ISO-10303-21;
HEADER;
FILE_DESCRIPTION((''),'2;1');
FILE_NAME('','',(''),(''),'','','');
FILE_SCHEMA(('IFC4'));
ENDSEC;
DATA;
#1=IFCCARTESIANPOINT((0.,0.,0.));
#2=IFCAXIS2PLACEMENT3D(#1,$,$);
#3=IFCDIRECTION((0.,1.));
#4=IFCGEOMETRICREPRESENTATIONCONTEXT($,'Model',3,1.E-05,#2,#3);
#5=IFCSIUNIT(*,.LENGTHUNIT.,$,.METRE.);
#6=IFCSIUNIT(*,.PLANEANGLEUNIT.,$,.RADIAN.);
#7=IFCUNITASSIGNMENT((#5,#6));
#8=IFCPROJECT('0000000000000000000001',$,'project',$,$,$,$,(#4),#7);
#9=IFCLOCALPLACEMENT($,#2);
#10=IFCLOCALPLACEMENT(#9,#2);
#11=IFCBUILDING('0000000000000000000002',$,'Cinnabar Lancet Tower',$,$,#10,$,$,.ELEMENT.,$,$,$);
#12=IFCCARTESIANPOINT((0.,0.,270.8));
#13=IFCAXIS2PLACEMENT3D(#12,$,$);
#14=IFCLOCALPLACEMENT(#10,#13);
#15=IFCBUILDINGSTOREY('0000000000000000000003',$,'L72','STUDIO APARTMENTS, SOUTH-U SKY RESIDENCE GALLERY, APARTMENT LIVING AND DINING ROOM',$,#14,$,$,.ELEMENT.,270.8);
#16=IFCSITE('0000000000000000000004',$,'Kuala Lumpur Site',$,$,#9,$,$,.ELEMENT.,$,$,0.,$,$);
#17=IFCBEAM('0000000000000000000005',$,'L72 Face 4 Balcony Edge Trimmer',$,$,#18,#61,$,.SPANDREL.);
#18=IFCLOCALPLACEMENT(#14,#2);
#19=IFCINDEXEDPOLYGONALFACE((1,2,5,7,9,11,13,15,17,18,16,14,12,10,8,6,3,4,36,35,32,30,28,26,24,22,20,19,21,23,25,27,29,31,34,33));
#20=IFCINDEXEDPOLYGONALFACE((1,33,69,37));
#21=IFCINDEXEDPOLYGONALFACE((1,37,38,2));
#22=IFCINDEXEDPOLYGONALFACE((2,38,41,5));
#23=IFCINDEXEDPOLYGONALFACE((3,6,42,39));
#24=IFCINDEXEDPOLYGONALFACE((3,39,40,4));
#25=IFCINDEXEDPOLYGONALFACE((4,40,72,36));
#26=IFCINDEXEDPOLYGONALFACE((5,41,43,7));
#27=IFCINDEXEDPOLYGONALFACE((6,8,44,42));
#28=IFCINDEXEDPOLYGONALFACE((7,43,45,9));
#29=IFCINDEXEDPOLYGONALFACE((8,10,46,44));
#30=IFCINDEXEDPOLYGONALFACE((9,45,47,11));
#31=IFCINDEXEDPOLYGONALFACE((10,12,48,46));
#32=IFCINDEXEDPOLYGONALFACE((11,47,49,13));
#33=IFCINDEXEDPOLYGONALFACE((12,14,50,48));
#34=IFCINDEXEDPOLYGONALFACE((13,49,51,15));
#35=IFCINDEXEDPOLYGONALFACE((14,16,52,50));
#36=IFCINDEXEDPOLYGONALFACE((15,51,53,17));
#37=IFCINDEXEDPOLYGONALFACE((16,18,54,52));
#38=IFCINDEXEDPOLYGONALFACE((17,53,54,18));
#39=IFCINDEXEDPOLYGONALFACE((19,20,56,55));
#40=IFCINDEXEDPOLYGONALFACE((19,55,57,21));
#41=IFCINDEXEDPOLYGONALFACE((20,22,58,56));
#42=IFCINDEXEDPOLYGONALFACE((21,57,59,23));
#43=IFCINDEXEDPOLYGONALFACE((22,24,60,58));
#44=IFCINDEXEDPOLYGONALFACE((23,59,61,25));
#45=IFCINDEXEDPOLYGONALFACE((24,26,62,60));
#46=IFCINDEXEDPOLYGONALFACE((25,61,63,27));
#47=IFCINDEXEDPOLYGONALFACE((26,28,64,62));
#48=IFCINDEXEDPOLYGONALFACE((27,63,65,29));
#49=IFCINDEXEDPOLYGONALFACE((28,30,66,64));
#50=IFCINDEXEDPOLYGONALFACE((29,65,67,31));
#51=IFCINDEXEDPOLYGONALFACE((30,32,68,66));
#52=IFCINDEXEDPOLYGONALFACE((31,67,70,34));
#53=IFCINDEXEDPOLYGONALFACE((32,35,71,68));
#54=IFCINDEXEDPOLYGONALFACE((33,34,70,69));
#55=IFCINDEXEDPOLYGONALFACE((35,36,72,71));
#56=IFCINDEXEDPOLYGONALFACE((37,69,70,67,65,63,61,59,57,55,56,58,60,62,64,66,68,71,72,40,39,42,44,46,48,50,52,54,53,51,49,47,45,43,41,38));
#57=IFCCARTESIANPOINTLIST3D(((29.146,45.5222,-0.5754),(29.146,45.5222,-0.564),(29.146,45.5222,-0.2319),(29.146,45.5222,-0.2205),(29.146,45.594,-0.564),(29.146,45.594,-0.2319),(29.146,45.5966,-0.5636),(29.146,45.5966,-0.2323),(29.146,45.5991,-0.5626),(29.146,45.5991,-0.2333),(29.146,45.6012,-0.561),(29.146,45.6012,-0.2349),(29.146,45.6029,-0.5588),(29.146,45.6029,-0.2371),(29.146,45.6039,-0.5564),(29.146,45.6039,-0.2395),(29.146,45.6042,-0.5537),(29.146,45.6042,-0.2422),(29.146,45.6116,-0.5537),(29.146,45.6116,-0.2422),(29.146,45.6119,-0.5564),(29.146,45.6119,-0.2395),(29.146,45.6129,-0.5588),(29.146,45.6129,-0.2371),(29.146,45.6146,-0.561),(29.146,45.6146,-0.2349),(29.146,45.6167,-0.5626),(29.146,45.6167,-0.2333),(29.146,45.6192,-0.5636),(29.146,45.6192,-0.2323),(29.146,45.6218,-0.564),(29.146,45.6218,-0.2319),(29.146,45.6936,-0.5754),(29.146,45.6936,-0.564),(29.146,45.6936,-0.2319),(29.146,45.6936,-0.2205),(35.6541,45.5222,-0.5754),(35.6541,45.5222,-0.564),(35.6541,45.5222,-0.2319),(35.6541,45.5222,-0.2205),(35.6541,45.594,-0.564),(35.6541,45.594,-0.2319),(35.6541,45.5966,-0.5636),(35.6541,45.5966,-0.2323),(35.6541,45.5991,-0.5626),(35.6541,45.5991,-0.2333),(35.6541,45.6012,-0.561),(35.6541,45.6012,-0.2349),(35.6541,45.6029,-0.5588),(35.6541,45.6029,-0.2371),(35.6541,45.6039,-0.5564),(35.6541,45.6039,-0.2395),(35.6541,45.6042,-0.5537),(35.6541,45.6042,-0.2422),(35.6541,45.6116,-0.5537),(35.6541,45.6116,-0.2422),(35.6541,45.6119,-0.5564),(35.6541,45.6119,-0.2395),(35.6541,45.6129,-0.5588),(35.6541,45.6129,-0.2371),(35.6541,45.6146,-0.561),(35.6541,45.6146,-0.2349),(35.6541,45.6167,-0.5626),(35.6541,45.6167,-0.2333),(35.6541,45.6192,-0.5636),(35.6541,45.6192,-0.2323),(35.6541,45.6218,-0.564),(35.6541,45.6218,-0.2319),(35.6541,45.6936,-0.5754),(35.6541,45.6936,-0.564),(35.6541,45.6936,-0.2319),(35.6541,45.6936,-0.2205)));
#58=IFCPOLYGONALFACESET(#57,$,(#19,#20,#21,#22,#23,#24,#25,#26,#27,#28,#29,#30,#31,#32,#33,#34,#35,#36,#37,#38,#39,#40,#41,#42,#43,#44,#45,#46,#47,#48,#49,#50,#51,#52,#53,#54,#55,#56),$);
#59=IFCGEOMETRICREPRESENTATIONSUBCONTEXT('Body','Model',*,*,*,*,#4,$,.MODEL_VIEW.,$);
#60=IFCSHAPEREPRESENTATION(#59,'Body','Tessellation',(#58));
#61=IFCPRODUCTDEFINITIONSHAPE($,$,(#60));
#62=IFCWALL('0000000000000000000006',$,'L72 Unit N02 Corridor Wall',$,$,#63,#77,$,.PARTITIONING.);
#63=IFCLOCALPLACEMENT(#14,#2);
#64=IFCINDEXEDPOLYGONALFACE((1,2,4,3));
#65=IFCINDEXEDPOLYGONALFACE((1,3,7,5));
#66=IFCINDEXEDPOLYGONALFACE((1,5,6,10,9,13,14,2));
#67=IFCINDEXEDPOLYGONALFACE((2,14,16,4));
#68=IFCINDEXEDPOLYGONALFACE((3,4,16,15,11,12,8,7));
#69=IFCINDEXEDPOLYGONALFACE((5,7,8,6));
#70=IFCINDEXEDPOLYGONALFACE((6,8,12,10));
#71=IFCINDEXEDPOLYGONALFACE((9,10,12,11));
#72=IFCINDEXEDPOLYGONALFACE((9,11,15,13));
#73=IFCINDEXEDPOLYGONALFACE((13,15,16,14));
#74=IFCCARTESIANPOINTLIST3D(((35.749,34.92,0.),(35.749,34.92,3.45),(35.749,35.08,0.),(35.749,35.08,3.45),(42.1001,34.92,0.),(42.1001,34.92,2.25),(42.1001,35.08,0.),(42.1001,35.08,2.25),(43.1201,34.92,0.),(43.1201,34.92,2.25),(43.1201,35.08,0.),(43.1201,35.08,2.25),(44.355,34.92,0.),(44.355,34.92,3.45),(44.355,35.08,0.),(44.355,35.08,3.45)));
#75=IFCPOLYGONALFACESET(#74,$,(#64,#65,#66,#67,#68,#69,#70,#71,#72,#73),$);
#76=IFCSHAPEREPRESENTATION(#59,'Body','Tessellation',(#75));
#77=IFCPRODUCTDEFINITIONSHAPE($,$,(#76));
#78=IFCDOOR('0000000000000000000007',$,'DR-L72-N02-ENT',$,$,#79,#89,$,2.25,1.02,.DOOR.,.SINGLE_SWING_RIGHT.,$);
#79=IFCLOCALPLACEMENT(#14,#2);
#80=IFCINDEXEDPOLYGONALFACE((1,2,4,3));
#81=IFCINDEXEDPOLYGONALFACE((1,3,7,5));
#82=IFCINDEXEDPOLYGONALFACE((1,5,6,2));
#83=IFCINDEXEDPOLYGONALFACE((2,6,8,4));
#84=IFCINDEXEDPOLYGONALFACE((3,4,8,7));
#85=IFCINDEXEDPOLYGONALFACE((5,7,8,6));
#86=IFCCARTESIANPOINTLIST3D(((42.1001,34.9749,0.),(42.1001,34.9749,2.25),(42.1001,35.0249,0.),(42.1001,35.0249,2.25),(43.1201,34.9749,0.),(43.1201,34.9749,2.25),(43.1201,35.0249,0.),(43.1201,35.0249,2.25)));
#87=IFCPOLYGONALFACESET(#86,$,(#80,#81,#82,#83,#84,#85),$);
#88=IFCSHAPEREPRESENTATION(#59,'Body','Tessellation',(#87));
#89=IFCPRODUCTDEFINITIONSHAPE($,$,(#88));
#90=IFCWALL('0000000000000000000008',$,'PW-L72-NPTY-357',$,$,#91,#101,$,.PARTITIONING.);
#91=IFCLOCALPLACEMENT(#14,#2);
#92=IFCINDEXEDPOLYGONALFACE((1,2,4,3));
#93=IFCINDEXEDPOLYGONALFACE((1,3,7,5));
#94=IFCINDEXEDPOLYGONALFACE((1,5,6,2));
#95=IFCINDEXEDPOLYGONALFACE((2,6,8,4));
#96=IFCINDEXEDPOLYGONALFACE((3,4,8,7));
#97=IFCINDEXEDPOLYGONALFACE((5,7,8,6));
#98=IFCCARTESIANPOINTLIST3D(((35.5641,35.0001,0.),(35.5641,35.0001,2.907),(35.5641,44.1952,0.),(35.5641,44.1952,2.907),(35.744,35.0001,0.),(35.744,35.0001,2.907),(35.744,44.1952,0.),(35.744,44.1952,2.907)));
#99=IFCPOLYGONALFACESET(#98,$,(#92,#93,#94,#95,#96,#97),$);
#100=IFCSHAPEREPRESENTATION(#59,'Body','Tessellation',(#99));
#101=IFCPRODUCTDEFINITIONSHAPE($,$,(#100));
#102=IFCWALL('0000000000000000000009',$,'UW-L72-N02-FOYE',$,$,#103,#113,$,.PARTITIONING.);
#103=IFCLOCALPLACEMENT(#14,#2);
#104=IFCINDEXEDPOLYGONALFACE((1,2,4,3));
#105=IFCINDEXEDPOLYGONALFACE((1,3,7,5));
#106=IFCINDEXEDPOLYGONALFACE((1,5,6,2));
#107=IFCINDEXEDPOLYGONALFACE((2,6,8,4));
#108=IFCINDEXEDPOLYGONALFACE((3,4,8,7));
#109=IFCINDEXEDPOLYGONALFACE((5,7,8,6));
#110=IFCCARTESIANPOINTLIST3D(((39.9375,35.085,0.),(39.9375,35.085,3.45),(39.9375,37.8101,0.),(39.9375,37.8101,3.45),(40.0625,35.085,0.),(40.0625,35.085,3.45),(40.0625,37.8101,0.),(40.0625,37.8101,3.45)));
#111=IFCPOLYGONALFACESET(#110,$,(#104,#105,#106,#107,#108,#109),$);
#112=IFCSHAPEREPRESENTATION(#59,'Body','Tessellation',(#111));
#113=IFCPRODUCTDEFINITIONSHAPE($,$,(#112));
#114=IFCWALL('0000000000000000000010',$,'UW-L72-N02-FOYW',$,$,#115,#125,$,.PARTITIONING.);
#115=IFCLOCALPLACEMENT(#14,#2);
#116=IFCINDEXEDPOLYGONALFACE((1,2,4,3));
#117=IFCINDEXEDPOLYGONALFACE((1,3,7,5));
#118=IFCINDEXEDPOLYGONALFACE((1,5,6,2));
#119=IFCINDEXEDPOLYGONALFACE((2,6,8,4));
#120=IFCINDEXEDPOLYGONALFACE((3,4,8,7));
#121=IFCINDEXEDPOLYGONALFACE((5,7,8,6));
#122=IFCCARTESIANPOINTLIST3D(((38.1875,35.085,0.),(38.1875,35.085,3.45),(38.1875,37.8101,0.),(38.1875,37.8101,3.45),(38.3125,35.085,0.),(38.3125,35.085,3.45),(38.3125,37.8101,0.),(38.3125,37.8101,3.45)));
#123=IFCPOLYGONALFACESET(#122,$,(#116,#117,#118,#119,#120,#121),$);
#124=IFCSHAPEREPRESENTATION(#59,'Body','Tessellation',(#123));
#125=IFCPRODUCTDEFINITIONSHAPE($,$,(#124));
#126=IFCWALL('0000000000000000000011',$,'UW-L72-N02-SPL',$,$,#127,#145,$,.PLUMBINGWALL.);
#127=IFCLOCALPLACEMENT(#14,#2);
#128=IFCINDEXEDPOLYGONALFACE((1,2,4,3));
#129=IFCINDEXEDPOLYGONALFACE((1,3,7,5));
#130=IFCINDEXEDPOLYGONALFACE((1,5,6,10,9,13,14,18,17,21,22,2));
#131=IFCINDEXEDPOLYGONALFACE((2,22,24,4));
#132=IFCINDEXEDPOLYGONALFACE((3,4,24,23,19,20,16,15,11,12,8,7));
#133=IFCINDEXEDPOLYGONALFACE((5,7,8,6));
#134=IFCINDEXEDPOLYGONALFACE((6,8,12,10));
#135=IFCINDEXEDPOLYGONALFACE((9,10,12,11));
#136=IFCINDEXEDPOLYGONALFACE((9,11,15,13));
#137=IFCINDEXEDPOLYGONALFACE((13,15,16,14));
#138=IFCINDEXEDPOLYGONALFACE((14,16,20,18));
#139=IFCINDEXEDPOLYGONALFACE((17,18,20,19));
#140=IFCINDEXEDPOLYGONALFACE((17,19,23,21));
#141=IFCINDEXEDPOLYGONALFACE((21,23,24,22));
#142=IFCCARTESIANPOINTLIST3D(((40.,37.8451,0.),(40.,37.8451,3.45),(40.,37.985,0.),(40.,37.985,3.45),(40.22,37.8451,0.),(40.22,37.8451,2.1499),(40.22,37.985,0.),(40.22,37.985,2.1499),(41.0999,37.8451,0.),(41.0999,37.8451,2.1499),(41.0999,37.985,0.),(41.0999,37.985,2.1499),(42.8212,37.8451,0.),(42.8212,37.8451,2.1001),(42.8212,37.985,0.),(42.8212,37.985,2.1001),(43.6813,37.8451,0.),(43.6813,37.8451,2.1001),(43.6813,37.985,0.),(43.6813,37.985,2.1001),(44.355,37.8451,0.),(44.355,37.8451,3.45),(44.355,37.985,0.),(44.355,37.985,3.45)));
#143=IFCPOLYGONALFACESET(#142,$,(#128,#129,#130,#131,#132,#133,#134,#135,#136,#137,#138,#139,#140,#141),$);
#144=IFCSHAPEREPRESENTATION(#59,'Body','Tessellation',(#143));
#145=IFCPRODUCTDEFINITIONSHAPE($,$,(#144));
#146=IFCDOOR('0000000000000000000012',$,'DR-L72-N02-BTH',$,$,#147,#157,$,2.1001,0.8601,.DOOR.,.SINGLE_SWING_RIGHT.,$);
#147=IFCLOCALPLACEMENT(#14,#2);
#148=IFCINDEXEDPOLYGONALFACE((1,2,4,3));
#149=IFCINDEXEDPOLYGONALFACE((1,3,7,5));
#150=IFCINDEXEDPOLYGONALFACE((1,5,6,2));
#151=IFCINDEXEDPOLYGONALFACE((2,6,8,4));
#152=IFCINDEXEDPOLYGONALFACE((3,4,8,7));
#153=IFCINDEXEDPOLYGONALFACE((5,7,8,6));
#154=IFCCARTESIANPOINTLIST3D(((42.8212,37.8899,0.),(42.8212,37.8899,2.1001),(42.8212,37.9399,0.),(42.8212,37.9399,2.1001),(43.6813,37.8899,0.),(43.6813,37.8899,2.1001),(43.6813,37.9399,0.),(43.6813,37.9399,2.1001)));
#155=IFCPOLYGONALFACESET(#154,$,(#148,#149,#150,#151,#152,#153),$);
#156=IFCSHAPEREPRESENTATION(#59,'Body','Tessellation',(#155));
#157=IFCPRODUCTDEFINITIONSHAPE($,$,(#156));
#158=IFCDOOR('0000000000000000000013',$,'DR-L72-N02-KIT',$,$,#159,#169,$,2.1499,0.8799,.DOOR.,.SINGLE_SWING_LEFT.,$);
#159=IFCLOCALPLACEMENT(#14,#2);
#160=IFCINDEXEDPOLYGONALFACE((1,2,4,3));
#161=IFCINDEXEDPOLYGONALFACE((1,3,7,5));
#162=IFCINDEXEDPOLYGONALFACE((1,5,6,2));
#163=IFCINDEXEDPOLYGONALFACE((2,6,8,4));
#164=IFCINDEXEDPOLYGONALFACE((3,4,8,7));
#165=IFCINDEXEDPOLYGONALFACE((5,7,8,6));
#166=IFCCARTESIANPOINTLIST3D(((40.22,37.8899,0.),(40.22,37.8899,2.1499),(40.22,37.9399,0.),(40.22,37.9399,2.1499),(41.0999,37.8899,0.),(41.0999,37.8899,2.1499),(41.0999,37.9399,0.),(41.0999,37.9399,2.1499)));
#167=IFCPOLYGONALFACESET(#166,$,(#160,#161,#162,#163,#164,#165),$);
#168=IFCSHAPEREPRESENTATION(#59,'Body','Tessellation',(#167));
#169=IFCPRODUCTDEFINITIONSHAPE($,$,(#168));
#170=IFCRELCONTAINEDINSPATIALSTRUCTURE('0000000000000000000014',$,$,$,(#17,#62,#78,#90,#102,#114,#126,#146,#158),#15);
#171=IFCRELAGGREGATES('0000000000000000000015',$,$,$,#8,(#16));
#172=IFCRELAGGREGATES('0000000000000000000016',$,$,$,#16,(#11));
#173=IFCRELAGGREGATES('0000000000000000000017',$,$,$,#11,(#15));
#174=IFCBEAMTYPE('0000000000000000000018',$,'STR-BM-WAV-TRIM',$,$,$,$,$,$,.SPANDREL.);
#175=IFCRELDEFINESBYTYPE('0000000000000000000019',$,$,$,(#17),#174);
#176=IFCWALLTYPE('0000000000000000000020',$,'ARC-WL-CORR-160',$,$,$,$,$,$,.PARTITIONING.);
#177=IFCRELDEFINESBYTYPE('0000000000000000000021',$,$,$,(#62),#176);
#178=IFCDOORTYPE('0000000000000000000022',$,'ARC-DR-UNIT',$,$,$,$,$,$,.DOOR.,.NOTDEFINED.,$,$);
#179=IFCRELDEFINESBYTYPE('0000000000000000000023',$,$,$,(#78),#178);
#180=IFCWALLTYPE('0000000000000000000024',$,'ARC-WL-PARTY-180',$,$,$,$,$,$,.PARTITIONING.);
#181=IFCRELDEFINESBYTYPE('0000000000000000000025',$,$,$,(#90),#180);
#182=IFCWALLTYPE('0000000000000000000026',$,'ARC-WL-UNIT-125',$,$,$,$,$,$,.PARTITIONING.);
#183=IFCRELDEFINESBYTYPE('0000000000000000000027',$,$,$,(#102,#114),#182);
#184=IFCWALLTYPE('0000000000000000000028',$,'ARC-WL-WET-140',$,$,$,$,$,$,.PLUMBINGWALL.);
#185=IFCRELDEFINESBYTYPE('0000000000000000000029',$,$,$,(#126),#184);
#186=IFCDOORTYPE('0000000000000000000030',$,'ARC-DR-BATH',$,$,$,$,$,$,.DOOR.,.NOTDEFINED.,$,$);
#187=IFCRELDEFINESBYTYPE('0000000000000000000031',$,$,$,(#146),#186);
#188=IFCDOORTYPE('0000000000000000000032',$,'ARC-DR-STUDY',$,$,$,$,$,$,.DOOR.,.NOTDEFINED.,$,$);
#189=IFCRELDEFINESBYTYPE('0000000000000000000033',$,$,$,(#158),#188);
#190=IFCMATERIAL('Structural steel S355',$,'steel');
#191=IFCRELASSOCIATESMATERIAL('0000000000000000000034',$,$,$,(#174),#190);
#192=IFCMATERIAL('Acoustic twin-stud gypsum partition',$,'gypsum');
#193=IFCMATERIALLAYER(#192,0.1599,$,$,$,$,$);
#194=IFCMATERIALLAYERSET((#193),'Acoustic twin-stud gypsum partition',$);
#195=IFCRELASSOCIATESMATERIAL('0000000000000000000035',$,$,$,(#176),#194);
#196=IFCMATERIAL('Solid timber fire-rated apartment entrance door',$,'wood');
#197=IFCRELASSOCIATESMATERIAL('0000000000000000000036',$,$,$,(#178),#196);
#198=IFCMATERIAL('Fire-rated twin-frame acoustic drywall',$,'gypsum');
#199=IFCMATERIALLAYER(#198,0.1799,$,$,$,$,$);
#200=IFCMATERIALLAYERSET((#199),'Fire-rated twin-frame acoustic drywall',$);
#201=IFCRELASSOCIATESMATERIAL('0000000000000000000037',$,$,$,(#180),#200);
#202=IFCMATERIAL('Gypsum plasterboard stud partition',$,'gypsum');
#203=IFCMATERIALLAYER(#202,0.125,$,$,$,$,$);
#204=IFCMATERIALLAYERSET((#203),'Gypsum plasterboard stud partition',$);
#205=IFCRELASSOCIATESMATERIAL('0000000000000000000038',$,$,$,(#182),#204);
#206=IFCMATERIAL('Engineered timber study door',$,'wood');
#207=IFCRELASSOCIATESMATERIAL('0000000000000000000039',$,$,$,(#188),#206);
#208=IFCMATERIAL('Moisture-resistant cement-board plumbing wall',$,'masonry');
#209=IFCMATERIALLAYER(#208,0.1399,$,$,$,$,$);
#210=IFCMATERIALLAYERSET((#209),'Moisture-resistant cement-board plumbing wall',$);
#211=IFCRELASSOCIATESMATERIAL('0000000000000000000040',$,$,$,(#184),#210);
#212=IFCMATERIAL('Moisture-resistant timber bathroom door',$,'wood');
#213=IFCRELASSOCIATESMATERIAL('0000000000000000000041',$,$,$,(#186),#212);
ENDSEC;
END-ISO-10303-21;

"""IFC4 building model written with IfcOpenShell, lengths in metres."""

from ifc_helpers import new_model, si_unit, direction, frame, frame_2d, origin, origin_2d, place, context, subcontext, project, spatial, rectangle, i_section, extrude, material, layer, layer_set, material_profile, profile_set, type_object, element, fill, save


model = new_model("IFC4")

# Units and contexts
model_context = context("Model", 3, precision=1e-05, world=origin(), true_north=direction((0.0, 1.0)))
body_context = subcontext(model_context, "Body", "Model", "MODEL_VIEW")
ifc_project = project(units=[si_unit("LENGTHUNIT", "METRE"), si_unit("PLANEANGLEUNIT", "RADIAN")], contexts=[model_context])

# Site, building, storey
site_placement = place(None, origin())
site = spatial("IfcSite", under=ifc_project, at=site_placement, Name="Kuala Lumpur Site", CompositionType="ELEMENT", RefElevation=0.0)
building_placement = place(site_placement, origin())
building = spatial("IfcBuilding", under=site, at=building_placement, Name="Cinnabar Lancet Tower", CompositionType="ELEMENT")
storey_placement = place(building_placement, frame((0.0, 0.0, 270.8)))
storey = spatial("IfcBuildingStorey", under=building, at=storey_placement, Name="L72", Description="STUDIO APARTMENTS, SOUTH-U SKY RESIDENCE GALLERY, APARTMENT LIVING AND DINING ROOM", CompositionType="ELEMENT", Elevation=270.8)

# Beam
ifc_material_1 = material(Name="Structural steel S355", Category="steel")
ifc_material_profile_1 = material_profile(ifc_material_1, i_section(OverallWidth=0.1714, OverallDepth=0.355, WebThickness=0.0073, FlangeThickness=0.0115, FilletRadius=0.0103, at=origin_2d()), Name="UKB 356x171x51")
ifc_profile_set_1 = profile_set([ifc_material_profile_1], Name="Structural steel S355")
beam_type_1 = type_object("IfcBeamType", Name="STR-BM-WAV-TRIM", PredefinedType="SPANDREL", material=ifc_profile_set_1)
beam_1_placement = place(storey_placement, frame((35.6541, 45.6079, -0.3979), z_axis=(-1.0, 0.0, 0.0), x_axis=(0.0, -1.0, 0.0)))
element("IfcBeam", 1, at=beam_1_placement, inside=storey, type_object=beam_type_1, Name="L72 Face 4 Balcony Edge Trimmer", PredefinedType="SPANDREL", context=body_context, shape_type="SweptSolid", body=[
    extrude(i_section(OverallWidth=0.1714, OverallDepth=0.355, WebThickness=0.0073, FlangeThickness=0.0115, FilletRadius=0.0103, at=origin_2d()), origin(), (0.0, 0.0, 1.0), 6.5081),
])

# Wall, opening, door
ifc_material_2 = material(Name="Acoustic twin-stud gypsum partition", Category="gypsum")
ifc_layer_1 = layer(ifc_material_2, 0.1599)
ifc_layer_set_1 = layer_set([ifc_layer_1], Name="Acoustic twin-stud gypsum partition")
wall_type_1 = type_object("IfcWallType", Name="ARC-WL-CORR-160", PredefinedType="PARTITIONING", material=ifc_layer_set_1)
wall_1_placement = place(storey_placement, frame((35.749, 35.0, 0.0), z_axis=(0.0, 0.0, 1.0), x_axis=(1.0, 0.0, 0.0)))
wall_1 = element("IfcWall", 2, at=wall_1_placement, inside=storey, type_object=wall_type_1, Name="L72 Unit N02 Corridor Wall", PredefinedType="PARTITIONING", context=body_context, shape_type="SweptSolid", body=[
    extrude(rectangle(XDim=8.606, YDim=0.1599, at=frame_2d((4.303, 0.0))), origin(), (0.0, 0.0, 1.0), 3.45),
])
opening_1_placement = place(wall_1_placement, frame((6.3511, 0.0, 0.0)))
opening_1 = element("IfcOpeningElement", 3, at=opening_1_placement, cuts=wall_1, PredefinedType="OPENING", context=body_context, shape_type="SweptSolid", body=[
    extrude(rectangle(XDim=1.02, YDim=2.25, at=frame_2d((0.51, 1.125))), frame((0.0, 0.0898, 0.0), z_axis=(0.0, -1.0, 0.0), x_axis=(1.0, 0.0, 0.0)), (0.0, 0.0, 1.0), 0.1799),
])
ifc_material_3 = material(Name="Solid timber fire-rated apartment entrance door", Category="wood")
door_type_1 = type_object("IfcDoorType", Name="ARC-DR-UNIT", OperationType="NOTDEFINED", PredefinedType="DOOR", material=ifc_material_3)
door_1_placement = place(opening_1_placement, origin())
door_1 = element("IfcDoor", 4, at=door_1_placement, inside=storey, type_object=door_type_1, Name="DR-L72-N02-ENT", OperationType="SINGLE_SWING_RIGHT", OverallHeight=2.25, OverallWidth=1.02, PredefinedType="DOOR", context=body_context, shape_type="SweptSolid", body=[
    extrude(rectangle(XDim=1.02, YDim=2.25, at=frame_2d((0.51, 1.125))), frame((0.0, 0.0249, 0.0), z_axis=(0.0, -1.0, 0.0), x_axis=(1.0, 0.0, 0.0)), (0.0, 0.0, 1.0), 0.05),
])
fill(opening_1, door_1)

# Walls
ifc_material_4 = material(Name="Fire-rated twin-frame acoustic drywall", Category="gypsum")
ifc_layer_2 = layer(ifc_material_4, 0.1799)
ifc_layer_set_2 = layer_set([ifc_layer_2], Name="Fire-rated twin-frame acoustic drywall")
wall_type_2 = type_object("IfcWallType", Name="ARC-WL-PARTY-180", PredefinedType="PARTITIONING", material=ifc_layer_set_2)
wall_2_placement = place(storey_placement, frame((35.6541, 35.0, 0.0), z_axis=(0.0, 0.0, 1.0), x_axis=(0.0, 1.0, 0.0)))
element("IfcWall", 5, at=wall_2_placement, inside=storey, type_object=wall_type_2, Name="PW-L72-NPTY-357", PredefinedType="PARTITIONING", context=body_context, shape_type="SweptSolid", body=[
    extrude(rectangle(XDim=9.1951, YDim=0.1799, at=frame_2d((4.5977, 0.0))), origin(), (0.0, 0.0, 1.0), 2.907),
])
ifc_material_5 = material(Name="Gypsum plasterboard stud partition", Category="gypsum")
ifc_layer_3 = layer(ifc_material_5, 0.125)
ifc_layer_set_3 = layer_set([ifc_layer_3], Name="Gypsum plasterboard stud partition")
wall_type_3 = type_object("IfcWallType", Name="ARC-WL-UNIT-125", PredefinedType="PARTITIONING", material=ifc_layer_set_3)
for number, where, z_axis, x_axis, name in (
    (6, (40.0, 35.085, 0.0), (0.0, 0.0, 1.0), (0.0, 1.0, 0.0), "UW-L72-N02-FOYE"),
    (7, (38.25, 35.085, 0.0), (0.0, 0.0, 1.0), (0.0, 1.0, 0.0), "UW-L72-N02-FOYW"),
):
    element("IfcWall", number, at=place(storey_placement, frame(where, z_axis=z_axis, x_axis=x_axis)), inside=storey, type_object=wall_type_3, Name=name, PredefinedType="PARTITIONING", context=body_context, shape_type="SweptSolid", body=[
        extrude(rectangle(XDim=2.7251, YDim=0.125, at=frame_2d((1.3625, 0.0))), origin(), (0.0, 0.0, 1.0), 3.45),
    ])

# Shared definitions
ifc_material_6 = material(Name="Engineered timber study door", Category="wood")
door_type_2 = type_object("IfcDoorType", Name="ARC-DR-STUDY", OperationType="NOTDEFINED", PredefinedType="DOOR", material=ifc_material_6)

# Wall, openings, doors
ifc_material_7 = material(Name="Moisture-resistant cement-board plumbing wall", Category="masonry")
ifc_layer_4 = layer(ifc_material_7, 0.1399)
ifc_layer_set_4 = layer_set([ifc_layer_4], Name="Moisture-resistant cement-board plumbing wall")
wall_type_4 = type_object("IfcWallType", Name="ARC-WL-WET-140", PredefinedType="PLUMBINGWALL", material=ifc_layer_set_4)
wall_3_placement = place(storey_placement, frame((40.0, 37.915, 0.0), z_axis=(0.0, 0.0, 1.0), x_axis=(1.0, 0.0, 0.0)))
wall_3 = element("IfcWall", 8, at=wall_3_placement, inside=storey, type_object=wall_type_4, Name="UW-L72-N02-SPL", PredefinedType="PLUMBINGWALL", context=body_context, shape_type="SweptSolid", body=[
    extrude(rectangle(XDim=4.355, YDim=0.1399, at=frame_2d((2.1775, 0.0))), origin(), (0.0, 0.0, 1.0), 3.45),
])
opening_2_placement = place(wall_3_placement, frame((2.821, 0.0, 0.0)))
opening_2 = element("IfcOpeningElement", 9, at=opening_2_placement, cuts=wall_3, PredefinedType="OPENING", context=body_context, shape_type="SweptSolid", body=[
    extrude(rectangle(XDim=0.8601, YDim=2.1001, at=frame_2d((0.4302, 1.05))), frame((0.0, 0.0798, 0.0), z_axis=(0.0, -1.0, 0.0), x_axis=(1.0, 0.0, 0.0)), (0.0, 0.0, 1.0), 0.1599),
])
opening_3_placement = place(wall_3_placement, frame((0.22, 0.0, 0.0)))
opening_3 = element("IfcOpeningElement", 10, at=opening_3_placement, cuts=wall_3, PredefinedType="OPENING", context=body_context, shape_type="SweptSolid", body=[
    extrude(rectangle(XDim=0.8799, YDim=2.1499, at=frame_2d((0.4399, 1.075))), frame((0.0, 0.0798, 0.0), z_axis=(0.0, -1.0, 0.0), x_axis=(1.0, 0.0, 0.0)), (0.0, 0.0, 1.0), 0.1599),
])
ifc_material_8 = material(Name="Moisture-resistant timber bathroom door", Category="wood")
door_type_3 = type_object("IfcDoorType", Name="ARC-DR-BATH", OperationType="NOTDEFINED", PredefinedType="DOOR", material=ifc_material_8)
door_2_placement = place(opening_2_placement, origin())
door_2 = element("IfcDoor", 11, at=door_2_placement, inside=storey, type_object=door_type_3, Name="DR-L72-N02-BTH", OperationType="SINGLE_SWING_RIGHT", OverallHeight=2.1001, OverallWidth=0.8601, PredefinedType="DOOR", context=body_context, shape_type="SweptSolid", body=[
    extrude(rectangle(XDim=0.8601, YDim=2.1001, at=frame_2d((0.4302, 1.05))), frame((0.0, 0.0249, 0.0), z_axis=(0.0, -1.0, 0.0), x_axis=(1.0, 0.0, 0.0)), (0.0, 0.0, 1.0), 0.05),
])
fill(opening_2, door_2)
door_3_placement = place(opening_3_placement, origin())
door_3 = element("IfcDoor", 12, at=door_3_placement, inside=storey, type_object=door_type_2, Name="DR-L72-N02-KIT", OperationType="SINGLE_SWING_LEFT", OverallHeight=2.1499, OverallWidth=0.8799, PredefinedType="DOOR", context=body_context, shape_type="SweptSolid", body=[
    extrude(rectangle(XDim=0.8799, YDim=2.1499, at=frame_2d((0.4399, 1.075))), frame((0.0, 0.0249, 0.0), z_axis=(0.0, -1.0, 0.0), x_axis=(1.0, 0.0, 0.0)), (0.0, 0.0, 1.0), 0.05),
])
fill(opening_3, door_3)

save(model, "model.ifc")
